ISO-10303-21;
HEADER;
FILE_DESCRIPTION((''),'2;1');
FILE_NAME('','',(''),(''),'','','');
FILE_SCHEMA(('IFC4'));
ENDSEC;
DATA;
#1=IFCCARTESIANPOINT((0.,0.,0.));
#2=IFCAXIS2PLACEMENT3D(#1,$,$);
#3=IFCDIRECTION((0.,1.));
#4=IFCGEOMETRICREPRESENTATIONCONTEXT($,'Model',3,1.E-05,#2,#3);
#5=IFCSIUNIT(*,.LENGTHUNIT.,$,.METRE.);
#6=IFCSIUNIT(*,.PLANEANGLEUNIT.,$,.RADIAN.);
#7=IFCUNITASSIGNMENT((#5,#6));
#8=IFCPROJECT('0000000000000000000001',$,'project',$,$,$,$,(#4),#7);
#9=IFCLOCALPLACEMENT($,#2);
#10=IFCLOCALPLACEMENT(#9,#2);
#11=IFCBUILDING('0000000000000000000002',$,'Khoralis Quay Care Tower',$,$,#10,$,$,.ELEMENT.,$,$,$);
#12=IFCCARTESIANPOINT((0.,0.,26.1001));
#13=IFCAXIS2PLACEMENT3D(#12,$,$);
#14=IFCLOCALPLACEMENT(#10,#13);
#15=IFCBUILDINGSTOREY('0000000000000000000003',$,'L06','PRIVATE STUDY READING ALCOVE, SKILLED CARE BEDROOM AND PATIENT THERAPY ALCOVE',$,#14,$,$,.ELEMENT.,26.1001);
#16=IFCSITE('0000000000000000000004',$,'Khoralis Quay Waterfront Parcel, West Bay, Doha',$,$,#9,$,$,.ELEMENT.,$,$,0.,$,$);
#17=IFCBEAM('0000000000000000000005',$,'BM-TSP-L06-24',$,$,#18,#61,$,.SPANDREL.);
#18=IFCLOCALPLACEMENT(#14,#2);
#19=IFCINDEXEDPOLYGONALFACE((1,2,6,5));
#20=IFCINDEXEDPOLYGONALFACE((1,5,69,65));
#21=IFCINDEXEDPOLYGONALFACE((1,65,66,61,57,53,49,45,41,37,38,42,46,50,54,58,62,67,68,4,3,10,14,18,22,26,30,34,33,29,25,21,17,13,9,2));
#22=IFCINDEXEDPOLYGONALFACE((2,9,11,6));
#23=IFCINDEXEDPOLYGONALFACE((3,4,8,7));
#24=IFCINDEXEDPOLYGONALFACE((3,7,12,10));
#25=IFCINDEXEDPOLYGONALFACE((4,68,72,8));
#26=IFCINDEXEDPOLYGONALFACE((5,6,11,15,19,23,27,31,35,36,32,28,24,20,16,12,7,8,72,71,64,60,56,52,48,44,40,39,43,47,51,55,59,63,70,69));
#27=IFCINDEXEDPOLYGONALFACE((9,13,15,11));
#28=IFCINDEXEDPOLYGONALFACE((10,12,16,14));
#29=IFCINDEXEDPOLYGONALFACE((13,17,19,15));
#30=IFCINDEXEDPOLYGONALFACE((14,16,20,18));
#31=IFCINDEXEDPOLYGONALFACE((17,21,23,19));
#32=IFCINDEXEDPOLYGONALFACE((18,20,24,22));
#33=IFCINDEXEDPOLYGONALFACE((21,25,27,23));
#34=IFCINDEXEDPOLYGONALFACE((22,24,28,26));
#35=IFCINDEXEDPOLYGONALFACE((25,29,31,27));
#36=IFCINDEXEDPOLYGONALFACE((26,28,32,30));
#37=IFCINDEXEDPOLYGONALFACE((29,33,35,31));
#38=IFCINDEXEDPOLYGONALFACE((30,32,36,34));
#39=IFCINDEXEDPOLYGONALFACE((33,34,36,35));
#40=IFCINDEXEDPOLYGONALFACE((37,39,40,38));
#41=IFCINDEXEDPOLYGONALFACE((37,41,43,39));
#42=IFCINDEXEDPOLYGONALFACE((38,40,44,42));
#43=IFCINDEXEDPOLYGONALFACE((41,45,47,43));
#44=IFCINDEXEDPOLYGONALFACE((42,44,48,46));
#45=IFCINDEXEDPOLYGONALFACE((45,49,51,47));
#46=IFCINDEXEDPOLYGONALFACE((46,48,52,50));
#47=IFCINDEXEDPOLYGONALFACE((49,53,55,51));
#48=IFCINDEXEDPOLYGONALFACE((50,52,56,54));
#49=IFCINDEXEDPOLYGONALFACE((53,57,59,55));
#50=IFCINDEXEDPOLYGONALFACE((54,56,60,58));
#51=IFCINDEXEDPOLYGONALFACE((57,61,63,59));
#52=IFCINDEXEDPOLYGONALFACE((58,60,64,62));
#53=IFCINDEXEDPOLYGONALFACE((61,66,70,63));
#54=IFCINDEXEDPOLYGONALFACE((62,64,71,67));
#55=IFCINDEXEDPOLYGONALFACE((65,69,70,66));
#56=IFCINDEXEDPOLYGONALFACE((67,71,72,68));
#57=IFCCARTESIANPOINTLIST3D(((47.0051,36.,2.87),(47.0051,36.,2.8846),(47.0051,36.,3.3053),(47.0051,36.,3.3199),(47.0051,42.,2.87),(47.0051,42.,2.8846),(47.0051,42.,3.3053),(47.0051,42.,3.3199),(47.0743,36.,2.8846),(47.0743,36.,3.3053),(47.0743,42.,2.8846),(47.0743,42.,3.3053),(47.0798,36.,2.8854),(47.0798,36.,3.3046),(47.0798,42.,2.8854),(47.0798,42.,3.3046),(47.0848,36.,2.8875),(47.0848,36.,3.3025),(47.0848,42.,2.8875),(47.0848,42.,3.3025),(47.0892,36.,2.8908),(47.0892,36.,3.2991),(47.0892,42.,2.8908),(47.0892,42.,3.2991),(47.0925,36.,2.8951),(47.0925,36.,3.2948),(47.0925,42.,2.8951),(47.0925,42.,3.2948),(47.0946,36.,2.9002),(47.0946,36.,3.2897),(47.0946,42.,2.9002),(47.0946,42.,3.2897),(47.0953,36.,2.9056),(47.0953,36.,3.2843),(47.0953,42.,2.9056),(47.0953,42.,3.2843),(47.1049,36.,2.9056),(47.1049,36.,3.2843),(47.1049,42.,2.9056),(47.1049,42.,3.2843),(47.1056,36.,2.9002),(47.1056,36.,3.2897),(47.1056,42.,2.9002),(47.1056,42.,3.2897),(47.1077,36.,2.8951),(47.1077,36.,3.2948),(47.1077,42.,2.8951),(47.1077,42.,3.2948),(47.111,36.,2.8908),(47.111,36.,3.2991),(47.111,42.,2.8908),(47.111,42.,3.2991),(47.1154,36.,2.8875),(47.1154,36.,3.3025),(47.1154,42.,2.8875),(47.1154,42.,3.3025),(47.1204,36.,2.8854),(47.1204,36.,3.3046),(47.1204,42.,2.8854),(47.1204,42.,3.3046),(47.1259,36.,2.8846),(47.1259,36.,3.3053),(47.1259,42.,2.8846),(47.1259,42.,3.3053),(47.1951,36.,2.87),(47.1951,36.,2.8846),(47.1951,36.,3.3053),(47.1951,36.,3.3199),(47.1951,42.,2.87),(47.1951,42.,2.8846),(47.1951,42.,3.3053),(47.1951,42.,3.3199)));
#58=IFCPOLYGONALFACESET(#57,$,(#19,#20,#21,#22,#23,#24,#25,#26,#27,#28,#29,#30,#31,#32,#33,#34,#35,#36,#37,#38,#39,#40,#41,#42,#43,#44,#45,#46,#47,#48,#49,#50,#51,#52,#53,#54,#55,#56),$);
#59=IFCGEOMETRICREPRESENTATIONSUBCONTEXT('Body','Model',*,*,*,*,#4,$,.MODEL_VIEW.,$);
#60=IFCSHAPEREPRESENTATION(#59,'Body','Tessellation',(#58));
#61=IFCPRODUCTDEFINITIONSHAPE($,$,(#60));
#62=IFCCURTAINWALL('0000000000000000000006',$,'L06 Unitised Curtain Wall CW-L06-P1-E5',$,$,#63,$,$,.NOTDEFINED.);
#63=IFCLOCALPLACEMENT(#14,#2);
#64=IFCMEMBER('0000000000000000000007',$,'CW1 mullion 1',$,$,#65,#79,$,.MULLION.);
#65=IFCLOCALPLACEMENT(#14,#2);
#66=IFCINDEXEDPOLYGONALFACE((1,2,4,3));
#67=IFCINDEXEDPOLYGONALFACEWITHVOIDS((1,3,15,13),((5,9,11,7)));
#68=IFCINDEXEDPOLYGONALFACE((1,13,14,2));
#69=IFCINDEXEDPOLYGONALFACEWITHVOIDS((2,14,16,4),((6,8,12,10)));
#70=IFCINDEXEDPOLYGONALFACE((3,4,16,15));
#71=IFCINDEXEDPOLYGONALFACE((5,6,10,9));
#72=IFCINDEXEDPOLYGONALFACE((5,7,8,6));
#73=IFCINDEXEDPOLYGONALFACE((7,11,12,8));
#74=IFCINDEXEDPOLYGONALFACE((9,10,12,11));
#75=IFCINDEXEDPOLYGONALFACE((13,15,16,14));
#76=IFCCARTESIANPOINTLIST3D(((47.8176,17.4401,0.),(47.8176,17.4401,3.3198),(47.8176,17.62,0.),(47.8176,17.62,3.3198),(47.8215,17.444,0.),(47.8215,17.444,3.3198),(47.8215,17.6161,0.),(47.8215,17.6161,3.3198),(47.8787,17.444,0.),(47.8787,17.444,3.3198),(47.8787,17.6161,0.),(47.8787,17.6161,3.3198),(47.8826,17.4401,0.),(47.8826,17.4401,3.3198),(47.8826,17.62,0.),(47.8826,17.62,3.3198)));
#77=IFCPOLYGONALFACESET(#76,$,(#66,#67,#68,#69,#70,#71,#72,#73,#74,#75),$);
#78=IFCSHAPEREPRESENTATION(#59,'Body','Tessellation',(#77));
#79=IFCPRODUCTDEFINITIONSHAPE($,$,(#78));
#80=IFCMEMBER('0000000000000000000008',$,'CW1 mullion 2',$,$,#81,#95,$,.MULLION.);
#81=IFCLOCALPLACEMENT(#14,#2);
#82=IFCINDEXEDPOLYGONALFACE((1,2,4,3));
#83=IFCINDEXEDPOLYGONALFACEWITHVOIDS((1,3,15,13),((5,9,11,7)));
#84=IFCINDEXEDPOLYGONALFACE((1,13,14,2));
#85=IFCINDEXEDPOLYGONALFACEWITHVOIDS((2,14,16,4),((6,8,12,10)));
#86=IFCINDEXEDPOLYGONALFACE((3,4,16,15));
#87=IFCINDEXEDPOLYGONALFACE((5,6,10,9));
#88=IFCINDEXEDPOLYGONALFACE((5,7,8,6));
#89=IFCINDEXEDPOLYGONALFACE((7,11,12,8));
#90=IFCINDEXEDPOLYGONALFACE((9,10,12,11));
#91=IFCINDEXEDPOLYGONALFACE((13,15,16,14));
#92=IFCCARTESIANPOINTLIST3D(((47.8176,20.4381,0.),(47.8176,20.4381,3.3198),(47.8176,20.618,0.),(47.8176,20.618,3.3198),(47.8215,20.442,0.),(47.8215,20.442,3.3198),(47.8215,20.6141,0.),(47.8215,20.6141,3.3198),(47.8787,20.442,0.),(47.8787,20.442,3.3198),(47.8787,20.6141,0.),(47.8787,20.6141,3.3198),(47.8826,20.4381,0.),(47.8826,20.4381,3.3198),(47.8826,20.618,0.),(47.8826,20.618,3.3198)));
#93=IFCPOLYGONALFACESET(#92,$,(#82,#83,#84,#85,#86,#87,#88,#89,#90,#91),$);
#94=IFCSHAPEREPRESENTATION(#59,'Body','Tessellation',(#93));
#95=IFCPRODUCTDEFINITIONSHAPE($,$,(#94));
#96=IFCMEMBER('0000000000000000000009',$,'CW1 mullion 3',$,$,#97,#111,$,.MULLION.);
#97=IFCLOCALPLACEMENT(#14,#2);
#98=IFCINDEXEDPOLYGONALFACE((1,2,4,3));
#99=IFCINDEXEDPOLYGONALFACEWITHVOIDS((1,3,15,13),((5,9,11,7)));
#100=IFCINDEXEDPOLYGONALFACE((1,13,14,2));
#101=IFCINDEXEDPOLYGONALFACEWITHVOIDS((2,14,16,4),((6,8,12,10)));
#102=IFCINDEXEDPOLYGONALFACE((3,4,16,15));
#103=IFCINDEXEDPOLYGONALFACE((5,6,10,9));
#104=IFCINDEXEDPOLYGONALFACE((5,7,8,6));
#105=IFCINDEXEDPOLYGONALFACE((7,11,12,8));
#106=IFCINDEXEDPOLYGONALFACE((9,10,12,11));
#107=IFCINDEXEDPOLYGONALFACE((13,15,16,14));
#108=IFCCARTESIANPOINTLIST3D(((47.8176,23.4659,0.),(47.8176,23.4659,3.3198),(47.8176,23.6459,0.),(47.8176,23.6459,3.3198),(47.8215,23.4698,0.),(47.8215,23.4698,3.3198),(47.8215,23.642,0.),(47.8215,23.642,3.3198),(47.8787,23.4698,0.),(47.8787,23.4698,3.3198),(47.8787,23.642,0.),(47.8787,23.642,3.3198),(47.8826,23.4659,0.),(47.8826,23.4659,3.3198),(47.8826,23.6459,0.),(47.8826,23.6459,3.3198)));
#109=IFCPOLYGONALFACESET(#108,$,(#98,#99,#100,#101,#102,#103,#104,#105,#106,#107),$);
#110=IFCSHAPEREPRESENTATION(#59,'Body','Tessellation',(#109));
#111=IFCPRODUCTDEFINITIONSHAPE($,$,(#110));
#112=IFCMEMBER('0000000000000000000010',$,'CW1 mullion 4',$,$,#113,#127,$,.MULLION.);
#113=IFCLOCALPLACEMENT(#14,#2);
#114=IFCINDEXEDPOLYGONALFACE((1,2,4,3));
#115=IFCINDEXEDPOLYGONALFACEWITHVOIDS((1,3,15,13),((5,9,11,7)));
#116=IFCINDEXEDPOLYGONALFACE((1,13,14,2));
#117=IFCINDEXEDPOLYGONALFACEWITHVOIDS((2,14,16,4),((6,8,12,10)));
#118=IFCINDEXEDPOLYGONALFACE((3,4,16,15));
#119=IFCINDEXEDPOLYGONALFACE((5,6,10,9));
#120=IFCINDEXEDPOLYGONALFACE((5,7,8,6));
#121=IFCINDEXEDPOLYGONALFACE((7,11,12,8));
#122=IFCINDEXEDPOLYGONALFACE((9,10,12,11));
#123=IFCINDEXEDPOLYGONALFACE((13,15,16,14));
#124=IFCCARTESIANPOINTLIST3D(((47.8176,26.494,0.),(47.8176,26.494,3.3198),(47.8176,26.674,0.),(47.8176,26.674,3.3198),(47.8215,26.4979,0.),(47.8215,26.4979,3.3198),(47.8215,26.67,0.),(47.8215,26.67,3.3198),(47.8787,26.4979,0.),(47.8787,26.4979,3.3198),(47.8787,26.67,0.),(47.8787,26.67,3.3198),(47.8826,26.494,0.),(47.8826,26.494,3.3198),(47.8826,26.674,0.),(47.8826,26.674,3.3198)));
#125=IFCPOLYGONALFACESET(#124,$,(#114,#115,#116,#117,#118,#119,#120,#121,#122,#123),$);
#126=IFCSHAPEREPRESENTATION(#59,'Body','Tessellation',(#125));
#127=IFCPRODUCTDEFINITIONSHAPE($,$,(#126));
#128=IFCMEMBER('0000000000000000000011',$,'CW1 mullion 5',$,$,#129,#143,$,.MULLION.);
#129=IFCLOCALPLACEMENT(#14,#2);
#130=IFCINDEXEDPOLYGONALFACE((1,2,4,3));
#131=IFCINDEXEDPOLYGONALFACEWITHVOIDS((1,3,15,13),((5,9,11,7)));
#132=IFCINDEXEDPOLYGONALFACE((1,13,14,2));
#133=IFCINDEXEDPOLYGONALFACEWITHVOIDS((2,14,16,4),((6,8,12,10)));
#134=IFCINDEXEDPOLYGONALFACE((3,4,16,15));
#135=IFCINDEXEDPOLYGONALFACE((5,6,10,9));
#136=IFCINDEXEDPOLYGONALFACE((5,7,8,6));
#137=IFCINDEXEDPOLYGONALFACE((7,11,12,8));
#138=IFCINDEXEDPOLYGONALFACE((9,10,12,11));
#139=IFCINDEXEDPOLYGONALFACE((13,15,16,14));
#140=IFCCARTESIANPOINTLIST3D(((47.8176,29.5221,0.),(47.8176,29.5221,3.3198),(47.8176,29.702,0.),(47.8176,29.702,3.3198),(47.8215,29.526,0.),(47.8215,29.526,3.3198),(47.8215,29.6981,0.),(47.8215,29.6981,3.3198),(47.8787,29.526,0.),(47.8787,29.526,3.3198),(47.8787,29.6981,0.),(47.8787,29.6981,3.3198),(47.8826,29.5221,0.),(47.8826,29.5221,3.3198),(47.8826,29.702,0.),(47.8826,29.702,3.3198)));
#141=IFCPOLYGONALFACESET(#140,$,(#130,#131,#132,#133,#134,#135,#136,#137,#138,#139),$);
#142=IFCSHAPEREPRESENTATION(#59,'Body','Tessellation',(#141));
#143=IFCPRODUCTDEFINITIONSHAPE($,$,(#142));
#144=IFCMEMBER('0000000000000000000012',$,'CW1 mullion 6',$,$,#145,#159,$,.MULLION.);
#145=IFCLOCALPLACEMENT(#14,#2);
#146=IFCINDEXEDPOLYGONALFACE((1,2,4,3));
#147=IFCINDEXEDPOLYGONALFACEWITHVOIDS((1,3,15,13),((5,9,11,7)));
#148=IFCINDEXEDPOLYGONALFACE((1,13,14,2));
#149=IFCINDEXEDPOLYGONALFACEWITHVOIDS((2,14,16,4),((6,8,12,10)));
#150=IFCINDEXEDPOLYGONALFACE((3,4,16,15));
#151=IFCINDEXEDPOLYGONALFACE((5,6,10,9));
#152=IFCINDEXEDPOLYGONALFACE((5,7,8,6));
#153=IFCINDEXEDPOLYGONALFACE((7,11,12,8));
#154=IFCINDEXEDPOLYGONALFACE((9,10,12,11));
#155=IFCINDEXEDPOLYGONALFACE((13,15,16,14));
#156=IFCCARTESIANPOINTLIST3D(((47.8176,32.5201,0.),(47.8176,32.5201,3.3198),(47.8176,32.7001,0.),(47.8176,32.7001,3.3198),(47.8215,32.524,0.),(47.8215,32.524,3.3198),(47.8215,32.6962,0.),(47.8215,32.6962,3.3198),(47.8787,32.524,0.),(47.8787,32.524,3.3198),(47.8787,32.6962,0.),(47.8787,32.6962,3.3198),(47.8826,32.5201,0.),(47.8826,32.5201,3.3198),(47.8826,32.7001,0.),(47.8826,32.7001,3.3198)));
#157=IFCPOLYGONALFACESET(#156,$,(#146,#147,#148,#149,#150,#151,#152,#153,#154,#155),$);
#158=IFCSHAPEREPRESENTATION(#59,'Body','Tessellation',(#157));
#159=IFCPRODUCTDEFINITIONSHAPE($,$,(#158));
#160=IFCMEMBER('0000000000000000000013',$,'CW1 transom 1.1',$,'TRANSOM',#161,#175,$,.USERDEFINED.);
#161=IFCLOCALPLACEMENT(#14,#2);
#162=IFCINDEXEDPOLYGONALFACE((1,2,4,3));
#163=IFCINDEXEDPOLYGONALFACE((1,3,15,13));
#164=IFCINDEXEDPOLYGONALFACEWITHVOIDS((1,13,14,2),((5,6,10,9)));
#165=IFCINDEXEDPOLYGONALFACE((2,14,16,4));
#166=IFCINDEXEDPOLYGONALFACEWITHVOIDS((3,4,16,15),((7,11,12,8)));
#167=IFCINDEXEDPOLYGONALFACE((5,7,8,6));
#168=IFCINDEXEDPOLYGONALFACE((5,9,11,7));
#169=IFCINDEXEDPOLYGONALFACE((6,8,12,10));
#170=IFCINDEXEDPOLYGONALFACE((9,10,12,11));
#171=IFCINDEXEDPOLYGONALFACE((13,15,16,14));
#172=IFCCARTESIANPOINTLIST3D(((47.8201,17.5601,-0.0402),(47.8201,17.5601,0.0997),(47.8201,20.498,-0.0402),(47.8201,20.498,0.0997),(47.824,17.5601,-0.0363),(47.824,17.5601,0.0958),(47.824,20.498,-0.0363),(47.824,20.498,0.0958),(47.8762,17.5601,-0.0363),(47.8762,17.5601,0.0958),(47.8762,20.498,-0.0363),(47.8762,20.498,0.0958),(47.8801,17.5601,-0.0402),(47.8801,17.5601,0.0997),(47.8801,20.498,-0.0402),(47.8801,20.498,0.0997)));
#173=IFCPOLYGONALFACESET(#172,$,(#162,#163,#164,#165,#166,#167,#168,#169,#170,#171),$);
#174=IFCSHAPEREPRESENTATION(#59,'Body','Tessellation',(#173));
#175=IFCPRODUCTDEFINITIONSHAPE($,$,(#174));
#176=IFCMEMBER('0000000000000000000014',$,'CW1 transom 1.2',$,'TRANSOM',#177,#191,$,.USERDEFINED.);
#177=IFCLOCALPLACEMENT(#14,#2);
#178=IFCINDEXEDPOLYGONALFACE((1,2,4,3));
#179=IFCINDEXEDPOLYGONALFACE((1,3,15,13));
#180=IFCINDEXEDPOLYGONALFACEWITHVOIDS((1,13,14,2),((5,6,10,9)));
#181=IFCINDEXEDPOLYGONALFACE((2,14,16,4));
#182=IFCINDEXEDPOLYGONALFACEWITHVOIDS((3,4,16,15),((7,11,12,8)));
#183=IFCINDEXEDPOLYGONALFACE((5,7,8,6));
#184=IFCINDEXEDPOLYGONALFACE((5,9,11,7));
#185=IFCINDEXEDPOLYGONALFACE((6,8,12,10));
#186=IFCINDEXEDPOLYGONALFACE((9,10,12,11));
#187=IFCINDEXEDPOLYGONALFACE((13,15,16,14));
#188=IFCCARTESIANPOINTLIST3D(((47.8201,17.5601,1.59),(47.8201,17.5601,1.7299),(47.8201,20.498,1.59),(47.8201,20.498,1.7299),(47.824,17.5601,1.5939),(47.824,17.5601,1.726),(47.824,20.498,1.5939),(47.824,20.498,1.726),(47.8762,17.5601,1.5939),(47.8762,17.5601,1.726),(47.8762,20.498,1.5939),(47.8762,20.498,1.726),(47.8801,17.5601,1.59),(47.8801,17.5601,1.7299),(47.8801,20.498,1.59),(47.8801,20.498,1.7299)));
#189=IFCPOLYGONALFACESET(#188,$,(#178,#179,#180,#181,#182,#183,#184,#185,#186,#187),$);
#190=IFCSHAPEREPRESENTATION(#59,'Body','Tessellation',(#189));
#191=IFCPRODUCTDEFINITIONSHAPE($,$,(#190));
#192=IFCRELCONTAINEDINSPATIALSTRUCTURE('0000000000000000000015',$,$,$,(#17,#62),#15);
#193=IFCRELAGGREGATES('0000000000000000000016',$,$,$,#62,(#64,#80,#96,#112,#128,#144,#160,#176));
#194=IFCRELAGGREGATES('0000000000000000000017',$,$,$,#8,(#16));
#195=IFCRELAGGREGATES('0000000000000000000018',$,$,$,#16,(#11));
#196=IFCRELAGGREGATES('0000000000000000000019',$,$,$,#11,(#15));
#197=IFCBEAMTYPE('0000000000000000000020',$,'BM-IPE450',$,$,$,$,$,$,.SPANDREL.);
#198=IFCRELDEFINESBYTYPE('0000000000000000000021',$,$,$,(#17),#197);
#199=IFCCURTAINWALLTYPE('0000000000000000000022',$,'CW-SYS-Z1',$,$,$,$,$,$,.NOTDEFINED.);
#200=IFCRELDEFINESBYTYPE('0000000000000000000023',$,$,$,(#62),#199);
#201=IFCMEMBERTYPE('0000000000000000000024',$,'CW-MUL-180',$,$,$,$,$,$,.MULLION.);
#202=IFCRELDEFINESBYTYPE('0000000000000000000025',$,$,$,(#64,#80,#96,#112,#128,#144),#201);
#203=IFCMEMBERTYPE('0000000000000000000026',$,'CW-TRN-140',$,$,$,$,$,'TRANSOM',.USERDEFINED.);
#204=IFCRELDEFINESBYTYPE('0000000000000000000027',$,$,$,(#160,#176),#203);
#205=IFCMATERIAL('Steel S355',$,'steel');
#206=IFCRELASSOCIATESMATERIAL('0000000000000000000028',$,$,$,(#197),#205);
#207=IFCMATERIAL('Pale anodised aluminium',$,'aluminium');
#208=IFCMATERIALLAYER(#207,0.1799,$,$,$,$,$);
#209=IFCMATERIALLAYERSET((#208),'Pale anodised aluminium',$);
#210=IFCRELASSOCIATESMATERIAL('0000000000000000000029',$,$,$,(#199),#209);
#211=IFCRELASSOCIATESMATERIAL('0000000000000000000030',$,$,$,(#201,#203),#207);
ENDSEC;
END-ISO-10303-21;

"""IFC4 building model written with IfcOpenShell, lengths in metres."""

from ifc_helpers import new_model, si_unit, direction, frame, origin, origin_2d, place, context, subcontext, project, spatial, hollow_rectangle, i_section, extrude, source, transform, mapped, material, layer, layer_set, material_profile, profile_set, type_object, element, aggregate, save


model = new_model("IFC4")

# Units and contexts
model_context = context("Model", 3, precision=1e-05, world=origin(), true_north=direction((0.0, 1.0)))
body_context = subcontext(model_context, "Body", "Model", "MODEL_VIEW")
ifc_project = project(units=[si_unit("LENGTHUNIT", "METRE"), si_unit("PLANEANGLEUNIT", "RADIAN")], contexts=[model_context])

# Site, building, storey
site_placement = place(None, origin())
site = spatial("IfcSite", under=ifc_project, at=site_placement, Name="Khoralis Quay Waterfront Parcel, West Bay, Doha", CompositionType="ELEMENT", RefElevation=0.0)
building_placement = place(site_placement, origin())
building = spatial("IfcBuilding", under=site, at=building_placement, Name="Khoralis Quay Care Tower", CompositionType="ELEMENT")
storey_placement = place(building_placement, frame((0.0, 0.0, 26.1001)))
storey = spatial("IfcBuildingStorey", under=building, at=storey_placement, Name="L06", Description="PRIVATE STUDY READING ALCOVE, SKILLED CARE BEDROOM AND PATIENT THERAPY ALCOVE", CompositionType="ELEMENT", Elevation=26.1001)

# Beam
ifc_material_1 = material(Name="Steel S355", Category="steel")
ifc_material_profile_1 = material_profile(ifc_material_1, i_section(OverallWidth=0.1899, OverallDepth=0.45, WebThickness=0.0095, FlangeThickness=0.0146, FilletRadius=0.021, at=origin_2d()), Name="Steel S355")
ifc_profile_set_1 = profile_set([ifc_material_profile_1], Name="Steel S355")
beam_type = type_object("IfcBeamType", Name="BM-IPE450", PredefinedType="SPANDREL", material=ifc_profile_set_1)
shared_shape_1 = source(origin(), body_context, "Body", "SweptSolid", [
    extrude(i_section(OverallWidth=0.1899, OverallDepth=0.45, WebThickness=0.0095, FlangeThickness=0.0146, FilletRadius=0.021, at=origin_2d()), origin(), (0.0, 0.0, 1.0), 6.0),
])
beam_placement = place(storey_placement, frame((47.1001, 36.0, 3.095), z_axis=(0.0, 1.0, 0.0), x_axis=(-1.0, 0.0, 0.0)))
element("IfcBeam", 1, at=beam_placement, inside=storey, type_object=beam_type, Name="BM-TSP-L06-24", PredefinedType="SPANDREL", context=body_context, shape_type="MappedRepresentation", body=[
    mapped(shared_shape_1, transform((0.0, 0.0, 0.0), scale=1.0)),
])

# Curtain wall, members
ifc_material_2 = material(Name="Pale anodised aluminium", Category="aluminium")
ifc_layer_1 = layer(ifc_material_2, 0.1799)
ifc_layer_set_1 = layer_set([ifc_layer_1], Name="Pale anodised aluminium")
curtain_wall_type = type_object("IfcCurtainWallType", Name="CW-SYS-Z1", PredefinedType="NOTDEFINED", material=ifc_layer_set_1)
curtain_wall_placement = place(storey_placement, origin())
curtain_wall = element("IfcCurtainWall", 2, at=curtain_wall_placement, inside=storey, type_object=curtain_wall_type, Name="L06 Unitised Curtain Wall CW-L06-P1-E5", PredefinedType="NOTDEFINED")
ifc_material_profile_2 = material_profile(ifc_material_2, hollow_rectangle(XDim=0.0649, YDim=0.1799, WallThickness=0.0039, at=origin_2d()), Name="Pale anodised aluminium")
ifc_profile_set_2 = profile_set([ifc_material_profile_2], Name="Pale anodised aluminium")
member_type_1 = type_object("IfcMemberType", Name="CW-MUL-180", PredefinedType="MULLION", material=ifc_profile_set_2)
shared_shape_2 = source(origin(), body_context, "Body", "SweptSolid", [
    extrude(hollow_rectangle(XDim=0.0649, YDim=0.1799, WallThickness=0.0039, at=origin_2d()), origin(), (0.0, 0.0, 1.0), 3.3198),
])
member_1_placement = place(storey_placement, frame((47.8501, 17.53, 0.0), z_axis=(0.0, 0.0, 1.0), x_axis=(-1.0, 0.0, 0.0)))
member_1 = element("IfcMember", 3, at=member_1_placement, type_object=member_type_1, Name="CW1 mullion 1", PredefinedType="MULLION", context=body_context, shape_type="MappedRepresentation", body=[
    mapped(shared_shape_2, transform((0.0, 0.0, 0.0), scale=1.0)),
])
member_2_placement = place(storey_placement, frame((47.8501, 20.5281, 0.0), z_axis=(0.0, 0.0, 1.0), x_axis=(-1.0, 0.0, 0.0)))
member_2 = element("IfcMember", 4, at=member_2_placement, type_object=member_type_1, Name="CW1 mullion 2", PredefinedType="MULLION", context=body_context, shape_type="MappedRepresentation", body=[
    mapped(shared_shape_2, transform((0.0, 0.0, 0.0), scale=1.0)),
])
member_3_placement = place(storey_placement, frame((47.8501, 23.5559, 0.0), z_axis=(0.0, 0.0, 1.0), x_axis=(-1.0, 0.0, 0.0)))
member_3 = element("IfcMember", 5, at=member_3_placement, type_object=member_type_1, Name="CW1 mullion 3", PredefinedType="MULLION", context=body_context, shape_type="MappedRepresentation", body=[
    mapped(shared_shape_2, transform((0.0, 0.0, 0.0), scale=1.0)),
])
member_4_placement = place(storey_placement, frame((47.8501, 26.584, 0.0), z_axis=(0.0, 0.0, 1.0), x_axis=(-1.0, 0.0, 0.0)))
member_4 = element("IfcMember", 6, at=member_4_placement, type_object=member_type_1, Name="CW1 mullion 4", PredefinedType="MULLION", context=body_context, shape_type="MappedRepresentation", body=[
    mapped(shared_shape_2, transform((0.0, 0.0, 0.0), scale=1.0)),
])
member_5_placement = place(storey_placement, frame((47.8501, 29.6121, 0.0), z_axis=(0.0, 0.0, 1.0), x_axis=(-1.0, 0.0, 0.0)))
member_5 = element("IfcMember", 7, at=member_5_placement, type_object=member_type_1, Name="CW1 mullion 5", PredefinedType="MULLION", context=body_context, shape_type="MappedRepresentation", body=[
    mapped(shared_shape_2, transform((0.0, 0.0, 0.0), scale=1.0)),
])
member_6_placement = place(storey_placement, frame((47.8501, 32.6101, 0.0), z_axis=(0.0, 0.0, 1.0), x_axis=(-1.0, 0.0, 0.0)))
member_6 = element("IfcMember", 8, at=member_6_placement, type_object=member_type_1, Name="CW1 mullion 6", PredefinedType="MULLION", context=body_context, shape_type="MappedRepresentation", body=[
    mapped(shared_shape_2, transform((0.0, 0.0, 0.0), scale=1.0)),
])
ifc_material_profile_3 = material_profile(ifc_material_2, hollow_rectangle(XDim=0.0601, YDim=0.1399, WallThickness=0.0039, at=origin_2d()), Name="Pale anodised aluminium")
ifc_profile_set_3 = profile_set([ifc_material_profile_3], Name="Pale anodised aluminium")
member_type_2 = type_object("IfcMemberType", Name="CW-TRN-140", ElementType="TRANSOM", PredefinedType="USERDEFINED", material=ifc_profile_set_3)
shared_shape_3 = source(origin(), body_context, "Body", "SweptSolid", [
    extrude(hollow_rectangle(XDim=0.0601, YDim=0.1399, WallThickness=0.0039, at=origin_2d()), origin(), (0.0, 0.0, 1.0), 2.938),
])
member_7_placement = place(storey_placement, frame((47.8501, 17.5601, 0.0298), z_axis=(0.0, 1.0, 0.0), x_axis=(-1.0, 0.0, 0.0)))
member_7 = element("IfcMember", 9, at=member_7_placement, type_object=member_type_2, Name="CW1 transom 1.1", ObjectType="TRANSOM", PredefinedType="USERDEFINED", context=body_context, shape_type="MappedRepresentation", body=[
    mapped(shared_shape_3, transform((0.0, 0.0, 0.0), scale=1.0)),
])
member_8_placement = place(storey_placement, frame((47.8501, 17.5601, 1.6599), z_axis=(0.0, 1.0, 0.0), x_axis=(-1.0, 0.0, 0.0)))
member_8 = element("IfcMember", 10, at=member_8_placement, type_object=member_type_2, Name="CW1 transom 1.2", ObjectType="TRANSOM", PredefinedType="USERDEFINED", context=body_context, shape_type="MappedRepresentation", body=[
    mapped(shared_shape_3, transform((0.0, 0.0, 0.0), scale=1.0)),
])
aggregate(curtain_wall, [member_1, member_2, member_3, member_4, member_5, member_6, member_7, member_8])

save(model, "model.ifc")
